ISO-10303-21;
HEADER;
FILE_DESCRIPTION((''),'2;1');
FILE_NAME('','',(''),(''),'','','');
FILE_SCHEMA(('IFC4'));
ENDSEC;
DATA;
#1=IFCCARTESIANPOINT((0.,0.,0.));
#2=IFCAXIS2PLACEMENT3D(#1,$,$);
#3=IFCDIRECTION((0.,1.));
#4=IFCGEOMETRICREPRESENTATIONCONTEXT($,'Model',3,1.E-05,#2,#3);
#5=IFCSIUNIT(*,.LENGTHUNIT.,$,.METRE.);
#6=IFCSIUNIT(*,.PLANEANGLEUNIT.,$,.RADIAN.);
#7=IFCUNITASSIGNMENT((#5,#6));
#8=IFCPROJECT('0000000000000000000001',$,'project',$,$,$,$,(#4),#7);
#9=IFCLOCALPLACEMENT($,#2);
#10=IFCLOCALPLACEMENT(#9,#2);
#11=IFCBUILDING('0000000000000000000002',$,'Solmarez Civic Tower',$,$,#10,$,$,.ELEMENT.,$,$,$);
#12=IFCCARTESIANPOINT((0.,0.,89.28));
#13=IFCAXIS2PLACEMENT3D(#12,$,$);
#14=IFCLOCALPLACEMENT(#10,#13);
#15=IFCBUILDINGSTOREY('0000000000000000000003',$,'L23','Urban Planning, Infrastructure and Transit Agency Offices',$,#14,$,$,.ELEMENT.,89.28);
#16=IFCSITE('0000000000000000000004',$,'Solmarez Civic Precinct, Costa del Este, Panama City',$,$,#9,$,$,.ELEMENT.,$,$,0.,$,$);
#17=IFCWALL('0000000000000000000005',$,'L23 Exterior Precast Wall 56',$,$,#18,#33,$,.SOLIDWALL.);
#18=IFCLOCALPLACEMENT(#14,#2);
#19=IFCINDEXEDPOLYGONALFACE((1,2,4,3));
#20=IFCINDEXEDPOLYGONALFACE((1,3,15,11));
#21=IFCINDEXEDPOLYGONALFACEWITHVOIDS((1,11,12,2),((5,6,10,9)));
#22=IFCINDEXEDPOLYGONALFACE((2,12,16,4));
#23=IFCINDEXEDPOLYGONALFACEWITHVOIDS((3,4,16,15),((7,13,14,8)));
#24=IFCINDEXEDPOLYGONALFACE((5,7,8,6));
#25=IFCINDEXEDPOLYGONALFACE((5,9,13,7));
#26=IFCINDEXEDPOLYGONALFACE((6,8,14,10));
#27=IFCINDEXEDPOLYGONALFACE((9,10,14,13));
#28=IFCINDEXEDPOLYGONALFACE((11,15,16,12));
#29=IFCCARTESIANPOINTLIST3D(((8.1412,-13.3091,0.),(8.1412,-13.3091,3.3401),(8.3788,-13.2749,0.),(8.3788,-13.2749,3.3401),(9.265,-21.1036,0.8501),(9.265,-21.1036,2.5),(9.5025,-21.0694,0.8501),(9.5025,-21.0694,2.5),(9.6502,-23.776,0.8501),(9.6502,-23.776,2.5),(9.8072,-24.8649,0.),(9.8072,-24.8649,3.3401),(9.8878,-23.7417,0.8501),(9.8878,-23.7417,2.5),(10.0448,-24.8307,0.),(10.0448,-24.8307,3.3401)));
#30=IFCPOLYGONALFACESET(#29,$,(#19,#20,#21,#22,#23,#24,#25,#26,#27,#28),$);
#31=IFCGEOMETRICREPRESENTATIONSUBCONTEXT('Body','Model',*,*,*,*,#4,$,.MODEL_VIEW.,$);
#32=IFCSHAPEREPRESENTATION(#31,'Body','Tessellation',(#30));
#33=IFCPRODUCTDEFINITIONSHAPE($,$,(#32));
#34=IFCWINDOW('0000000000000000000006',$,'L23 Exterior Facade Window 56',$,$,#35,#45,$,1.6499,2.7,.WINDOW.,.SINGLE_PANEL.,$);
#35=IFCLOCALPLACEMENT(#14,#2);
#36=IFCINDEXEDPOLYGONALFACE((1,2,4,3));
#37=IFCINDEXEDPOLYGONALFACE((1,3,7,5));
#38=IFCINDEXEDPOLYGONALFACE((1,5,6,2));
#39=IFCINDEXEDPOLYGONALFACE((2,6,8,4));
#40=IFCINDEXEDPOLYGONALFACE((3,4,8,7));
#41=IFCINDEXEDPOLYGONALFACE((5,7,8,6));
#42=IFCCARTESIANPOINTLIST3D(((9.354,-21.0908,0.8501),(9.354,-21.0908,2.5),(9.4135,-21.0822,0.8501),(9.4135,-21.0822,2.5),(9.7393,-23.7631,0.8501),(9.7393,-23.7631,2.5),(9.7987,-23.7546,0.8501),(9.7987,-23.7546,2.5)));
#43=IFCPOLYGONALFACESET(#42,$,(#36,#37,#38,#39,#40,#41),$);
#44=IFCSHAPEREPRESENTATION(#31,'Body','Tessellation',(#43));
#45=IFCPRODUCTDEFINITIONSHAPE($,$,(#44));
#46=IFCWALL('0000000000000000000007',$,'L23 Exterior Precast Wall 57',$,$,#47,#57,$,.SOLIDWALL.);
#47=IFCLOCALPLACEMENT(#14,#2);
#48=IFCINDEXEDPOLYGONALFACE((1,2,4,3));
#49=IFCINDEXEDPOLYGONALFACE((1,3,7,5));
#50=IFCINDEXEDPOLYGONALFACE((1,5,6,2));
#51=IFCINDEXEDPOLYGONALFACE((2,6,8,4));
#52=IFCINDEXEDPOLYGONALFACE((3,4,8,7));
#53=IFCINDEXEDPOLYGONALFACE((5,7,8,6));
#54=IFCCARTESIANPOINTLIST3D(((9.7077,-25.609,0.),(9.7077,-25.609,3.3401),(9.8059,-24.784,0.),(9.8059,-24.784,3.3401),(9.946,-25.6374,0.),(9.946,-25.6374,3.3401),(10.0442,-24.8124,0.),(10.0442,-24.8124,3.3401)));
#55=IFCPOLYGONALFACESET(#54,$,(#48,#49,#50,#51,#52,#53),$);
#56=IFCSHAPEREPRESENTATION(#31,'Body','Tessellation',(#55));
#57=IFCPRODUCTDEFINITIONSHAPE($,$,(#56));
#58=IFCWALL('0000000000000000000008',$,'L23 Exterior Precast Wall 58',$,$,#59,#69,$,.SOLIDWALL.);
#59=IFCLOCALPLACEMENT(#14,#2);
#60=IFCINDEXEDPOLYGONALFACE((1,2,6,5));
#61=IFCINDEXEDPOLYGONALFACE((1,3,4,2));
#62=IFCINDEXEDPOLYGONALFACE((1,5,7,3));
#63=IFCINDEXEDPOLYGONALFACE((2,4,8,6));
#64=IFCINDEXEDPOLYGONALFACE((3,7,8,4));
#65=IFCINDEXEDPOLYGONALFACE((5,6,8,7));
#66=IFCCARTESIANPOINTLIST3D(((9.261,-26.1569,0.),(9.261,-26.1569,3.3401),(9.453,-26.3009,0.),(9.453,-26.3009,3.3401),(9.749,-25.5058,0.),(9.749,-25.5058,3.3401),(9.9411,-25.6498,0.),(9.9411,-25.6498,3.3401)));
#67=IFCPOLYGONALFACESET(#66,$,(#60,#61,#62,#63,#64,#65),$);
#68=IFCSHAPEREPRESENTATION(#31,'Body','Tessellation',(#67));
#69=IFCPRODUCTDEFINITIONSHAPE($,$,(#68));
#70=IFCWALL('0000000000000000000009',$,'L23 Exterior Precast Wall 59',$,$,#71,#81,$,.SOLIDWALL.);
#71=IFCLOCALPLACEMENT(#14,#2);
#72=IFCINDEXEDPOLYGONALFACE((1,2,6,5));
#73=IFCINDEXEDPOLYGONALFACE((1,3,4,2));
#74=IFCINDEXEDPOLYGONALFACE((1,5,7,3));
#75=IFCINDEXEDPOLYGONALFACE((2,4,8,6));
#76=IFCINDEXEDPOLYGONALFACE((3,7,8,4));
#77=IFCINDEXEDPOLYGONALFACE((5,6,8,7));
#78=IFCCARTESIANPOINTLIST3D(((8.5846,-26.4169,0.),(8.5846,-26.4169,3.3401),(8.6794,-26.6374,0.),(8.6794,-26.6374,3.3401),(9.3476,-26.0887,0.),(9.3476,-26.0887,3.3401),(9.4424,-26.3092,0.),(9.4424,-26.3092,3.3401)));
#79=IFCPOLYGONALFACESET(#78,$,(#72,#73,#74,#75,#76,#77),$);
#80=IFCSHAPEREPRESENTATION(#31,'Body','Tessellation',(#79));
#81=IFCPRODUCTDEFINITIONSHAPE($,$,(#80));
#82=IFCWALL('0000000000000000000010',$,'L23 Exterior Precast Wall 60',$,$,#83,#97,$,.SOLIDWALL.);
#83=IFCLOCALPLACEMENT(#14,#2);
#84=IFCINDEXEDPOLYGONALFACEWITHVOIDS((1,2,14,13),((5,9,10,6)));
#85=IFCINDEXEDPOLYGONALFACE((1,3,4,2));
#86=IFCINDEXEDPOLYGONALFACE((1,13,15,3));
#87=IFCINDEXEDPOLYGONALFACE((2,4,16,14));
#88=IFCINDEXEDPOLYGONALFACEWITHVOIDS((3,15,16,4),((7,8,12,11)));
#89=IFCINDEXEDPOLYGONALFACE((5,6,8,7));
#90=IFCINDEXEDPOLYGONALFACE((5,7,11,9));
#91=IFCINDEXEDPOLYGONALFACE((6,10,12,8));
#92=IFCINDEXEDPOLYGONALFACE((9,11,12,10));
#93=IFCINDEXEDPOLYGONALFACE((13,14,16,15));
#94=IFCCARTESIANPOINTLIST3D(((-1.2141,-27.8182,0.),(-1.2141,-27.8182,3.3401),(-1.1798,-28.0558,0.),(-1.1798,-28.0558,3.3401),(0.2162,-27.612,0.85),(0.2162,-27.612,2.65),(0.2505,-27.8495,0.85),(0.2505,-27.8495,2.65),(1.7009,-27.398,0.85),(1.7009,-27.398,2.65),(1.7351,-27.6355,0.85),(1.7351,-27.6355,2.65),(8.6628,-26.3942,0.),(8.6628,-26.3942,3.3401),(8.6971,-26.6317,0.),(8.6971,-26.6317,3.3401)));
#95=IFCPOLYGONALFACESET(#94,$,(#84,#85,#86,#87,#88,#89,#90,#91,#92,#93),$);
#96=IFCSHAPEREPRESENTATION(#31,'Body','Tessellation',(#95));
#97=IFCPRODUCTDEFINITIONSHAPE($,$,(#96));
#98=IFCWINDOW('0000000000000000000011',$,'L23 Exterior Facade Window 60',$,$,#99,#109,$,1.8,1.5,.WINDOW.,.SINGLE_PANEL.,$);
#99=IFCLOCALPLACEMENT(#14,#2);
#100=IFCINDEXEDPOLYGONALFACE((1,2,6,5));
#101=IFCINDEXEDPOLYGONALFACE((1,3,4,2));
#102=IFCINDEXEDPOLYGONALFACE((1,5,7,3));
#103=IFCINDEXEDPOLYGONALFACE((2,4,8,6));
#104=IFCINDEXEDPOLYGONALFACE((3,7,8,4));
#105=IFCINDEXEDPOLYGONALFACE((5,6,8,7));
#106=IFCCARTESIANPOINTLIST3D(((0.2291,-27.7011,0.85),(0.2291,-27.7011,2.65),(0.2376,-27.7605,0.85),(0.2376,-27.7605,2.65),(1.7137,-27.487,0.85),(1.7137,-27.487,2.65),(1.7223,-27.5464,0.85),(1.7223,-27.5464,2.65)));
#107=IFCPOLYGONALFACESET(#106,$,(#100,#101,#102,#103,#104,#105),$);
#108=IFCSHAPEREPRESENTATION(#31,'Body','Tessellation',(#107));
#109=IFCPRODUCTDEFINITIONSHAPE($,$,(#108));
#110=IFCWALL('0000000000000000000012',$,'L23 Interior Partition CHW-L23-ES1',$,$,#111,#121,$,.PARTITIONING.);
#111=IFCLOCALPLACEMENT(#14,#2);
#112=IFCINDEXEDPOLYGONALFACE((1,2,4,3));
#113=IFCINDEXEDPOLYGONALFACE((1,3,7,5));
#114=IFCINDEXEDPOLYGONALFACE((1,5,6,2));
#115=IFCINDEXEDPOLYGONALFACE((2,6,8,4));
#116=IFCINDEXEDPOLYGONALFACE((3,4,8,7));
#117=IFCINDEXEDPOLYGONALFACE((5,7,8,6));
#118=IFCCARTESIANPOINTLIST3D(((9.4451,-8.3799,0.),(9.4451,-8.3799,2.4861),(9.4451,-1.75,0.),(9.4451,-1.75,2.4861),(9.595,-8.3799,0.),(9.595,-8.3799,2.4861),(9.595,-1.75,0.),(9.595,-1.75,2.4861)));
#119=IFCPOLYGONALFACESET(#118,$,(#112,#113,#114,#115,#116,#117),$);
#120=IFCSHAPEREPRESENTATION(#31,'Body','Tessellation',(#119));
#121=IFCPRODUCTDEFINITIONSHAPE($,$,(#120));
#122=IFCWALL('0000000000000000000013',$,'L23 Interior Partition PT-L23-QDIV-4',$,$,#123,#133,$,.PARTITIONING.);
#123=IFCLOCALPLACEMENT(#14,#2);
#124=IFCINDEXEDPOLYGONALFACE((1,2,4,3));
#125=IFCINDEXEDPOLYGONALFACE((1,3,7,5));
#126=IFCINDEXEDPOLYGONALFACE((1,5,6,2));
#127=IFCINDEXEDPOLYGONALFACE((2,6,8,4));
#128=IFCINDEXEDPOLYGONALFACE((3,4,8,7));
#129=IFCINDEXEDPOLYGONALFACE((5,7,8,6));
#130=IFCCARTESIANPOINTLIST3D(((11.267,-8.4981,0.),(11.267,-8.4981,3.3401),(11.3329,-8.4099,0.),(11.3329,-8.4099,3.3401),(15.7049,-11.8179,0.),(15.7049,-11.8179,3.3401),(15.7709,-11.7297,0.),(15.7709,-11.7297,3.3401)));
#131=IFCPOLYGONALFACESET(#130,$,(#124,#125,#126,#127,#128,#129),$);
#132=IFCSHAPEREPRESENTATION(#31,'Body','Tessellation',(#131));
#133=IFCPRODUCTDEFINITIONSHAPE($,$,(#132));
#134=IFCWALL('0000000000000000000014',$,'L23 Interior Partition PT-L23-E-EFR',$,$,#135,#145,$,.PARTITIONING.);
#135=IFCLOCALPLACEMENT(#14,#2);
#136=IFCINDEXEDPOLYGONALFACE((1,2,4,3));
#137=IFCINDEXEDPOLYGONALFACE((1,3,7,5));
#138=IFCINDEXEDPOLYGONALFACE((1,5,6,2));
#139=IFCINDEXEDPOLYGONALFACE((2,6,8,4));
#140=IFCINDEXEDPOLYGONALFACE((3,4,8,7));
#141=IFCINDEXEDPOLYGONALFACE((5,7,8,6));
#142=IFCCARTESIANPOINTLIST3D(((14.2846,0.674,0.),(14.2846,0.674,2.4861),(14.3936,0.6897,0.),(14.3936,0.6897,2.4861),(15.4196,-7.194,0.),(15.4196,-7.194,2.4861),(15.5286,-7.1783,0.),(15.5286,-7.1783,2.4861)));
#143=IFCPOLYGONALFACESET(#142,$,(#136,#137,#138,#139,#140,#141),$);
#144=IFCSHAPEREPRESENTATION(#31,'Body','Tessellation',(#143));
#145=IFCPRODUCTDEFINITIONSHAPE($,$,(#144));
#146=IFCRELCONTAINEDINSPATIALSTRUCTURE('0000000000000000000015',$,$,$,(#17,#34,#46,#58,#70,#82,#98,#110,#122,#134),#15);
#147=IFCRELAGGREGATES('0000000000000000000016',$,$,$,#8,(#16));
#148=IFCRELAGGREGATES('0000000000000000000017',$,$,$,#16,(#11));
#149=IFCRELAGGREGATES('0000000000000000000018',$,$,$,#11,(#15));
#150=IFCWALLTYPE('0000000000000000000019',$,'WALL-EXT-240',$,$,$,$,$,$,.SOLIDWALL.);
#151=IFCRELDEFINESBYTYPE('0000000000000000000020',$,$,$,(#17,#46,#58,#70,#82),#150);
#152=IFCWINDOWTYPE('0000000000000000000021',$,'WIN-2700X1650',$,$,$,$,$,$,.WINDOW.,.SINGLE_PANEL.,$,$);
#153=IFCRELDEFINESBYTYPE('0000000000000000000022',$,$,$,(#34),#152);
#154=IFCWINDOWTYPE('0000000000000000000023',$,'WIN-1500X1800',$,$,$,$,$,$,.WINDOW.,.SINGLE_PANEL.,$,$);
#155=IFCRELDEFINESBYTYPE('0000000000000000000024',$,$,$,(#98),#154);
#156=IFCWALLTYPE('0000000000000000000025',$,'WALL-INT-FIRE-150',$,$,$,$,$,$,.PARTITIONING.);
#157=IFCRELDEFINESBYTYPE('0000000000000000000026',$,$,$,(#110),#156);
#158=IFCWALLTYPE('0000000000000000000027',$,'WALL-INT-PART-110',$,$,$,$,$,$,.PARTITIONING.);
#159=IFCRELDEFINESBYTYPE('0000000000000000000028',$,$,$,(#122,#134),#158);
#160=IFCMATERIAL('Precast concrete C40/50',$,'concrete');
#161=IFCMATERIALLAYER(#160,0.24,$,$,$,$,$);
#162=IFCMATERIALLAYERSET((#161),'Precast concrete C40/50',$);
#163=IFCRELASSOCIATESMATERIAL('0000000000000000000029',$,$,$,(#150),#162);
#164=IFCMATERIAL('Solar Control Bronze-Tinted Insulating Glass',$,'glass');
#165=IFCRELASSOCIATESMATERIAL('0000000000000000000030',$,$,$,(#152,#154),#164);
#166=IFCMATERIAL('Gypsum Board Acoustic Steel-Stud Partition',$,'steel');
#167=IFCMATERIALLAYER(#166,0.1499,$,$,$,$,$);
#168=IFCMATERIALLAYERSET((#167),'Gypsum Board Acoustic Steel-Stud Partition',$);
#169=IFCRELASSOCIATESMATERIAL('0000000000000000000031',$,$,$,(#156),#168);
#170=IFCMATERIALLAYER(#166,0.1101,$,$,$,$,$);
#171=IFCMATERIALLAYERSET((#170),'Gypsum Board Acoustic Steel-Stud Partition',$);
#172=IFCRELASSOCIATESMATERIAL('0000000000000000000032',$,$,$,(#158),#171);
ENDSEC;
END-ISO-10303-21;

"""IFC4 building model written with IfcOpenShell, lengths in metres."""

from ifc_helpers import new_model, si_unit, direction, frame, frame_2d, origin, place, context, subcontext, project, spatial, rectangle, extrude, material, layer, layer_set, type_object, element, fill, save


model = new_model("IFC4")

# Units and contexts
model_context = context("Model", 3, precision=1e-05, world=origin(), true_north=direction((0.0, 1.0)))
body_context = subcontext(model_context, "Body", "Model", "MODEL_VIEW")
ifc_project = project(units=[si_unit("LENGTHUNIT", "METRE"), si_unit("PLANEANGLEUNIT", "RADIAN")], contexts=[model_context])

# Site, building, storey
site_placement = place(None, origin())
site = spatial("IfcSite", under=ifc_project, at=site_placement, Name="Solmarez Civic Precinct, Costa del Este, Panama City", CompositionType="ELEMENT", RefElevation=0.0)
building_placement = place(site_placement, origin())
building = spatial("IfcBuilding", under=site, at=building_placement, Name="Solmarez Civic Tower", CompositionType="ELEMENT")
storey_placement = place(building_placement, frame((0.0, 0.0, 89.28)))
storey = spatial("IfcBuildingStorey", under=building, at=storey_placement, Name="L23", Description="Urban Planning, Infrastructure and Transit Agency Offices", CompositionType="ELEMENT", Elevation=89.28)

# Shared definitions
ifc_material_1 = material(Name="Precast concrete C40/50", Category="concrete")
ifc_layer_1 = layer(ifc_material_1, 0.24)
ifc_layer_set_1 = layer_set([ifc_layer_1], Name="Precast concrete C40/50")
wall_type_1 = type_object("IfcWallType", Name="WALL-EXT-240", PredefinedType="SOLIDWALL", material=ifc_layer_set_1)

# Wall, opening, window
wall_1_placement = place(storey_placement, frame((8.26, -13.292, 0.0), z_axis=(0.0, 0.0, 1.0), x_axis=(0.142695, -0.989767, 0.0)))
wall_1 = element("IfcWall", 1, at=wall_1_placement, inside=storey, type_object=wall_type_1, Name="L23 Exterior Precast Wall 56", PredefinedType="SOLIDWALL", context=body_context, shape_type="SweptSolid", body=[
    extrude(rectangle(XDim=11.6753, YDim=0.24, at=frame_2d((5.8376, 0.0))), origin(), (0.0, 0.0, 1.0), 3.3401),
])
opening_1_placement = place(wall_1_placement, frame((7.875, 0.0, 0.8501)))
opening_1 = element("IfcOpeningElement", 2, at=opening_1_placement, cuts=wall_1, PredefinedType="OPENING", context=body_context, shape_type="SweptSolid", body=[
    extrude(rectangle(XDim=2.7, YDim=1.6499, at=frame_2d((1.3501, 0.825))), frame((0.0, 0.1299, 0.0), z_axis=(0.0, -1.0, 0.0), x_axis=(1.0, 0.0, 0.0)), (0.0, 0.0, 1.0), 0.26),
])
ifc_material_2 = material(Name="Solar Control Bronze-Tinted Insulating Glass", Category="glass")
window_type_1 = type_object("IfcWindowType", Name="WIN-2700X1650", PartitioningType="SINGLE_PANEL", PredefinedType="WINDOW", material=ifc_material_2)
window_1_placement = place(opening_1_placement, origin())
window_1 = element("IfcWindow", 3, at=window_1_placement, inside=storey, type_object=window_type_1, Name="L23 Exterior Facade Window 56", OverallHeight=1.6499, OverallWidth=2.7, PartitioningType="SINGLE_PANEL", PredefinedType="WINDOW", context=body_context, shape_type="SweptSolid", body=[
    extrude(rectangle(XDim=2.7, YDim=1.6499, at=frame_2d((1.3501, 0.825))), frame((0.0, 0.03, 0.0), z_axis=(0.0, -1.0, 0.0), x_axis=(1.0, 0.0, 0.0)), (0.0, 0.0, 1.0), 0.0601),
])
fill(opening_1, window_1)

# Walls
wall_2_placement = place(storey_placement, frame((9.925, -24.7981, 0.0), z_axis=(0.0, 0.0, 1.0), x_axis=(-0.118137, -0.992997, 0.0)))
element("IfcWall", 4, at=wall_2_placement, inside=storey, type_object=wall_type_1, Name="L23 Exterior Precast Wall 57", PredefinedType="SOLIDWALL", context=body_context, shape_type="SweptSolid", body=[
    extrude(rectangle(XDim=0.8308, YDim=0.24, at=frame_2d((0.4155, 0.0))), origin(), (0.0, 0.0, 1.0), 3.3401),
])
wall_3_placement = place(storey_placement, frame((9.845, -25.5779, 0.0), z_axis=(0.0, 0.0, 1.0), x_axis=(-0.59976, -0.80018, 0.0)))
element("IfcWall", 5, at=wall_3_placement, inside=storey, type_object=wall_type_1, Name="L23 Exterior Precast Wall 58", PredefinedType="SOLIDWALL", context=body_context, shape_type="SweptSolid", body=[
    extrude(rectangle(XDim=0.8137, YDim=0.24, at=frame_2d((0.4067, 0.0))), origin(), (0.0, 0.0, 1.0), 3.3401),
])
wall_4_placement = place(storey_placement, frame((9.395, -26.199, 0.0), z_axis=(0.0, 0.0, 1.0), x_axis=(-0.918643, -0.39509, 0.0)))
element("IfcWall", 6, at=wall_4_placement, inside=storey, type_object=wall_type_1, Name="L23 Exterior Precast Wall 59", PredefinedType="SOLIDWALL", context=body_context, shape_type="SweptSolid", body=[
    extrude(rectangle(XDim=0.8306, YDim=0.24, at=frame_2d((0.4153, 0.0))), origin(), (0.0, 0.0, 1.0), 3.3401),
])

# Wall, opening, window
wall_5_placement = place(storey_placement, frame((8.6799, -26.5129, 0.0), z_axis=(0.0, 0.0, 1.0), x_axis=(-0.989765, -0.142706, 0.0)))
wall_5 = element("IfcWall", 7, at=wall_5_placement, inside=storey, type_object=wall_type_1, Name="L23 Exterior Precast Wall 60", PredefinedType="SOLIDWALL", context=body_context, shape_type="SweptSolid", body=[
    extrude(rectangle(XDim=9.979, YDim=0.24, at=frame_2d((4.9895, 0.0))), origin(), (0.0, 0.0, 1.0), 3.3401),
])
opening_2_placement = place(wall_5_placement, frame((7.0339, 0.0, 0.8501)))
opening_2 = element("IfcOpeningElement", 8, at=opening_2_placement, cuts=wall_5, PredefinedType="OPENING", context=body_context, shape_type="SweptSolid", body=[
    extrude(rectangle(XDim=1.5, YDim=1.8, at=frame_2d((0.75, 0.8999))), frame((0.0, 0.1299, 0.0), z_axis=(0.0, -1.0, 0.0), x_axis=(1.0, 0.0, 0.0)), (0.0, 0.0, 1.0), 0.26),
])
window_type_2 = type_object("IfcWindowType", Name="WIN-1500X1800", PartitioningType="SINGLE_PANEL", PredefinedType="WINDOW", material=ifc_material_2)
window_2_placement = place(opening_2_placement, origin())
window_2 = element("IfcWindow", 9, at=window_2_placement, inside=storey, type_object=window_type_2, Name="L23 Exterior Facade Window 60", OverallHeight=1.8, OverallWidth=1.5, PartitioningType="SINGLE_PANEL", PredefinedType="WINDOW", context=body_context, shape_type="SweptSolid", body=[
    extrude(rectangle(XDim=1.5, YDim=1.8, at=frame_2d((0.75, 0.8999))), frame((0.0, 0.03, 0.0), z_axis=(0.0, -1.0, 0.0), x_axis=(1.0, 0.0, 0.0)), (0.0, 0.0, 1.0), 0.0601),
])
fill(opening_2, window_2)

# Walls
ifc_material_3 = material(Name="Gypsum Board Acoustic Steel-Stud Partition", Category="steel")
ifc_layer_2 = layer(ifc_material_3, 0.1499)
ifc_layer_set_2 = layer_set([ifc_layer_2], Name="Gypsum Board Acoustic Steel-Stud Partition")
wall_type_2 = type_object("IfcWallType", Name="WALL-INT-FIRE-150", PredefinedType="PARTITIONING", material=ifc_layer_set_2)
wall_6_placement = place(storey_placement, frame((9.52, -8.3799, 0.0), z_axis=(0.0, 0.0, 1.0), x_axis=(0.0, 1.0, 0.0)))
element("IfcWall", 10, at=wall_6_placement, inside=storey, type_object=wall_type_2, Name="L23 Interior Partition CHW-L23-ES1", PredefinedType="PARTITIONING", context=body_context, shape_type="SweptSolid", body=[
    extrude(rectangle(XDim=6.6299, YDim=0.1499, at=frame_2d((3.3149, 0.0))), origin(), (0.0, 0.0, 1.0), 2.4861),
])
ifc_layer_3 = layer(ifc_material_3, 0.1101)
ifc_layer_set_3 = layer_set([ifc_layer_3], Name="Gypsum Board Acoustic Steel-Stud Partition")
wall_type_3 = type_object("IfcWallType", Name="WALL-INT-PART-110", PredefinedType="PARTITIONING", material=ifc_layer_set_3)
wall_7_placement = place(storey_placement, frame((11.3, -8.4541, 0.0), z_axis=(0.0, 0.0, 1.0), x_axis=(0.80075, -0.598999, 0.0)))
element("IfcWall", 11, at=wall_7_placement, inside=storey, type_object=wall_type_3, Name="L23 Interior Partition PT-L23-QDIV-4", PredefinedType="PARTITIONING", context=body_context, shape_type="SweptSolid", body=[
    extrude(rectangle(XDim=5.5422, YDim=0.1101, at=frame_2d((2.771, 0.0))), origin(), (0.0, 0.0, 1.0), 3.3401),
])
wall_8_placement = place(storey_placement, frame((15.4741, -7.186, 0.0), z_axis=(0.0, 0.0, 1.0), x_axis=(-0.14278, 0.989754, 0.0)))
element("IfcWall", 12, at=wall_8_placement, inside=storey, type_object=wall_type_3, Name="L23 Interior Partition PT-L23-E-EFR", PredefinedType="PARTITIONING", context=body_context, shape_type="SweptSolid", body=[
    extrude(rectangle(XDim=7.9495, YDim=0.1101, at=frame_2d((3.9746, 0.0))), origin(), (0.0, 0.0, 1.0), 2.4861),
])

save(model, "model.ifc")
